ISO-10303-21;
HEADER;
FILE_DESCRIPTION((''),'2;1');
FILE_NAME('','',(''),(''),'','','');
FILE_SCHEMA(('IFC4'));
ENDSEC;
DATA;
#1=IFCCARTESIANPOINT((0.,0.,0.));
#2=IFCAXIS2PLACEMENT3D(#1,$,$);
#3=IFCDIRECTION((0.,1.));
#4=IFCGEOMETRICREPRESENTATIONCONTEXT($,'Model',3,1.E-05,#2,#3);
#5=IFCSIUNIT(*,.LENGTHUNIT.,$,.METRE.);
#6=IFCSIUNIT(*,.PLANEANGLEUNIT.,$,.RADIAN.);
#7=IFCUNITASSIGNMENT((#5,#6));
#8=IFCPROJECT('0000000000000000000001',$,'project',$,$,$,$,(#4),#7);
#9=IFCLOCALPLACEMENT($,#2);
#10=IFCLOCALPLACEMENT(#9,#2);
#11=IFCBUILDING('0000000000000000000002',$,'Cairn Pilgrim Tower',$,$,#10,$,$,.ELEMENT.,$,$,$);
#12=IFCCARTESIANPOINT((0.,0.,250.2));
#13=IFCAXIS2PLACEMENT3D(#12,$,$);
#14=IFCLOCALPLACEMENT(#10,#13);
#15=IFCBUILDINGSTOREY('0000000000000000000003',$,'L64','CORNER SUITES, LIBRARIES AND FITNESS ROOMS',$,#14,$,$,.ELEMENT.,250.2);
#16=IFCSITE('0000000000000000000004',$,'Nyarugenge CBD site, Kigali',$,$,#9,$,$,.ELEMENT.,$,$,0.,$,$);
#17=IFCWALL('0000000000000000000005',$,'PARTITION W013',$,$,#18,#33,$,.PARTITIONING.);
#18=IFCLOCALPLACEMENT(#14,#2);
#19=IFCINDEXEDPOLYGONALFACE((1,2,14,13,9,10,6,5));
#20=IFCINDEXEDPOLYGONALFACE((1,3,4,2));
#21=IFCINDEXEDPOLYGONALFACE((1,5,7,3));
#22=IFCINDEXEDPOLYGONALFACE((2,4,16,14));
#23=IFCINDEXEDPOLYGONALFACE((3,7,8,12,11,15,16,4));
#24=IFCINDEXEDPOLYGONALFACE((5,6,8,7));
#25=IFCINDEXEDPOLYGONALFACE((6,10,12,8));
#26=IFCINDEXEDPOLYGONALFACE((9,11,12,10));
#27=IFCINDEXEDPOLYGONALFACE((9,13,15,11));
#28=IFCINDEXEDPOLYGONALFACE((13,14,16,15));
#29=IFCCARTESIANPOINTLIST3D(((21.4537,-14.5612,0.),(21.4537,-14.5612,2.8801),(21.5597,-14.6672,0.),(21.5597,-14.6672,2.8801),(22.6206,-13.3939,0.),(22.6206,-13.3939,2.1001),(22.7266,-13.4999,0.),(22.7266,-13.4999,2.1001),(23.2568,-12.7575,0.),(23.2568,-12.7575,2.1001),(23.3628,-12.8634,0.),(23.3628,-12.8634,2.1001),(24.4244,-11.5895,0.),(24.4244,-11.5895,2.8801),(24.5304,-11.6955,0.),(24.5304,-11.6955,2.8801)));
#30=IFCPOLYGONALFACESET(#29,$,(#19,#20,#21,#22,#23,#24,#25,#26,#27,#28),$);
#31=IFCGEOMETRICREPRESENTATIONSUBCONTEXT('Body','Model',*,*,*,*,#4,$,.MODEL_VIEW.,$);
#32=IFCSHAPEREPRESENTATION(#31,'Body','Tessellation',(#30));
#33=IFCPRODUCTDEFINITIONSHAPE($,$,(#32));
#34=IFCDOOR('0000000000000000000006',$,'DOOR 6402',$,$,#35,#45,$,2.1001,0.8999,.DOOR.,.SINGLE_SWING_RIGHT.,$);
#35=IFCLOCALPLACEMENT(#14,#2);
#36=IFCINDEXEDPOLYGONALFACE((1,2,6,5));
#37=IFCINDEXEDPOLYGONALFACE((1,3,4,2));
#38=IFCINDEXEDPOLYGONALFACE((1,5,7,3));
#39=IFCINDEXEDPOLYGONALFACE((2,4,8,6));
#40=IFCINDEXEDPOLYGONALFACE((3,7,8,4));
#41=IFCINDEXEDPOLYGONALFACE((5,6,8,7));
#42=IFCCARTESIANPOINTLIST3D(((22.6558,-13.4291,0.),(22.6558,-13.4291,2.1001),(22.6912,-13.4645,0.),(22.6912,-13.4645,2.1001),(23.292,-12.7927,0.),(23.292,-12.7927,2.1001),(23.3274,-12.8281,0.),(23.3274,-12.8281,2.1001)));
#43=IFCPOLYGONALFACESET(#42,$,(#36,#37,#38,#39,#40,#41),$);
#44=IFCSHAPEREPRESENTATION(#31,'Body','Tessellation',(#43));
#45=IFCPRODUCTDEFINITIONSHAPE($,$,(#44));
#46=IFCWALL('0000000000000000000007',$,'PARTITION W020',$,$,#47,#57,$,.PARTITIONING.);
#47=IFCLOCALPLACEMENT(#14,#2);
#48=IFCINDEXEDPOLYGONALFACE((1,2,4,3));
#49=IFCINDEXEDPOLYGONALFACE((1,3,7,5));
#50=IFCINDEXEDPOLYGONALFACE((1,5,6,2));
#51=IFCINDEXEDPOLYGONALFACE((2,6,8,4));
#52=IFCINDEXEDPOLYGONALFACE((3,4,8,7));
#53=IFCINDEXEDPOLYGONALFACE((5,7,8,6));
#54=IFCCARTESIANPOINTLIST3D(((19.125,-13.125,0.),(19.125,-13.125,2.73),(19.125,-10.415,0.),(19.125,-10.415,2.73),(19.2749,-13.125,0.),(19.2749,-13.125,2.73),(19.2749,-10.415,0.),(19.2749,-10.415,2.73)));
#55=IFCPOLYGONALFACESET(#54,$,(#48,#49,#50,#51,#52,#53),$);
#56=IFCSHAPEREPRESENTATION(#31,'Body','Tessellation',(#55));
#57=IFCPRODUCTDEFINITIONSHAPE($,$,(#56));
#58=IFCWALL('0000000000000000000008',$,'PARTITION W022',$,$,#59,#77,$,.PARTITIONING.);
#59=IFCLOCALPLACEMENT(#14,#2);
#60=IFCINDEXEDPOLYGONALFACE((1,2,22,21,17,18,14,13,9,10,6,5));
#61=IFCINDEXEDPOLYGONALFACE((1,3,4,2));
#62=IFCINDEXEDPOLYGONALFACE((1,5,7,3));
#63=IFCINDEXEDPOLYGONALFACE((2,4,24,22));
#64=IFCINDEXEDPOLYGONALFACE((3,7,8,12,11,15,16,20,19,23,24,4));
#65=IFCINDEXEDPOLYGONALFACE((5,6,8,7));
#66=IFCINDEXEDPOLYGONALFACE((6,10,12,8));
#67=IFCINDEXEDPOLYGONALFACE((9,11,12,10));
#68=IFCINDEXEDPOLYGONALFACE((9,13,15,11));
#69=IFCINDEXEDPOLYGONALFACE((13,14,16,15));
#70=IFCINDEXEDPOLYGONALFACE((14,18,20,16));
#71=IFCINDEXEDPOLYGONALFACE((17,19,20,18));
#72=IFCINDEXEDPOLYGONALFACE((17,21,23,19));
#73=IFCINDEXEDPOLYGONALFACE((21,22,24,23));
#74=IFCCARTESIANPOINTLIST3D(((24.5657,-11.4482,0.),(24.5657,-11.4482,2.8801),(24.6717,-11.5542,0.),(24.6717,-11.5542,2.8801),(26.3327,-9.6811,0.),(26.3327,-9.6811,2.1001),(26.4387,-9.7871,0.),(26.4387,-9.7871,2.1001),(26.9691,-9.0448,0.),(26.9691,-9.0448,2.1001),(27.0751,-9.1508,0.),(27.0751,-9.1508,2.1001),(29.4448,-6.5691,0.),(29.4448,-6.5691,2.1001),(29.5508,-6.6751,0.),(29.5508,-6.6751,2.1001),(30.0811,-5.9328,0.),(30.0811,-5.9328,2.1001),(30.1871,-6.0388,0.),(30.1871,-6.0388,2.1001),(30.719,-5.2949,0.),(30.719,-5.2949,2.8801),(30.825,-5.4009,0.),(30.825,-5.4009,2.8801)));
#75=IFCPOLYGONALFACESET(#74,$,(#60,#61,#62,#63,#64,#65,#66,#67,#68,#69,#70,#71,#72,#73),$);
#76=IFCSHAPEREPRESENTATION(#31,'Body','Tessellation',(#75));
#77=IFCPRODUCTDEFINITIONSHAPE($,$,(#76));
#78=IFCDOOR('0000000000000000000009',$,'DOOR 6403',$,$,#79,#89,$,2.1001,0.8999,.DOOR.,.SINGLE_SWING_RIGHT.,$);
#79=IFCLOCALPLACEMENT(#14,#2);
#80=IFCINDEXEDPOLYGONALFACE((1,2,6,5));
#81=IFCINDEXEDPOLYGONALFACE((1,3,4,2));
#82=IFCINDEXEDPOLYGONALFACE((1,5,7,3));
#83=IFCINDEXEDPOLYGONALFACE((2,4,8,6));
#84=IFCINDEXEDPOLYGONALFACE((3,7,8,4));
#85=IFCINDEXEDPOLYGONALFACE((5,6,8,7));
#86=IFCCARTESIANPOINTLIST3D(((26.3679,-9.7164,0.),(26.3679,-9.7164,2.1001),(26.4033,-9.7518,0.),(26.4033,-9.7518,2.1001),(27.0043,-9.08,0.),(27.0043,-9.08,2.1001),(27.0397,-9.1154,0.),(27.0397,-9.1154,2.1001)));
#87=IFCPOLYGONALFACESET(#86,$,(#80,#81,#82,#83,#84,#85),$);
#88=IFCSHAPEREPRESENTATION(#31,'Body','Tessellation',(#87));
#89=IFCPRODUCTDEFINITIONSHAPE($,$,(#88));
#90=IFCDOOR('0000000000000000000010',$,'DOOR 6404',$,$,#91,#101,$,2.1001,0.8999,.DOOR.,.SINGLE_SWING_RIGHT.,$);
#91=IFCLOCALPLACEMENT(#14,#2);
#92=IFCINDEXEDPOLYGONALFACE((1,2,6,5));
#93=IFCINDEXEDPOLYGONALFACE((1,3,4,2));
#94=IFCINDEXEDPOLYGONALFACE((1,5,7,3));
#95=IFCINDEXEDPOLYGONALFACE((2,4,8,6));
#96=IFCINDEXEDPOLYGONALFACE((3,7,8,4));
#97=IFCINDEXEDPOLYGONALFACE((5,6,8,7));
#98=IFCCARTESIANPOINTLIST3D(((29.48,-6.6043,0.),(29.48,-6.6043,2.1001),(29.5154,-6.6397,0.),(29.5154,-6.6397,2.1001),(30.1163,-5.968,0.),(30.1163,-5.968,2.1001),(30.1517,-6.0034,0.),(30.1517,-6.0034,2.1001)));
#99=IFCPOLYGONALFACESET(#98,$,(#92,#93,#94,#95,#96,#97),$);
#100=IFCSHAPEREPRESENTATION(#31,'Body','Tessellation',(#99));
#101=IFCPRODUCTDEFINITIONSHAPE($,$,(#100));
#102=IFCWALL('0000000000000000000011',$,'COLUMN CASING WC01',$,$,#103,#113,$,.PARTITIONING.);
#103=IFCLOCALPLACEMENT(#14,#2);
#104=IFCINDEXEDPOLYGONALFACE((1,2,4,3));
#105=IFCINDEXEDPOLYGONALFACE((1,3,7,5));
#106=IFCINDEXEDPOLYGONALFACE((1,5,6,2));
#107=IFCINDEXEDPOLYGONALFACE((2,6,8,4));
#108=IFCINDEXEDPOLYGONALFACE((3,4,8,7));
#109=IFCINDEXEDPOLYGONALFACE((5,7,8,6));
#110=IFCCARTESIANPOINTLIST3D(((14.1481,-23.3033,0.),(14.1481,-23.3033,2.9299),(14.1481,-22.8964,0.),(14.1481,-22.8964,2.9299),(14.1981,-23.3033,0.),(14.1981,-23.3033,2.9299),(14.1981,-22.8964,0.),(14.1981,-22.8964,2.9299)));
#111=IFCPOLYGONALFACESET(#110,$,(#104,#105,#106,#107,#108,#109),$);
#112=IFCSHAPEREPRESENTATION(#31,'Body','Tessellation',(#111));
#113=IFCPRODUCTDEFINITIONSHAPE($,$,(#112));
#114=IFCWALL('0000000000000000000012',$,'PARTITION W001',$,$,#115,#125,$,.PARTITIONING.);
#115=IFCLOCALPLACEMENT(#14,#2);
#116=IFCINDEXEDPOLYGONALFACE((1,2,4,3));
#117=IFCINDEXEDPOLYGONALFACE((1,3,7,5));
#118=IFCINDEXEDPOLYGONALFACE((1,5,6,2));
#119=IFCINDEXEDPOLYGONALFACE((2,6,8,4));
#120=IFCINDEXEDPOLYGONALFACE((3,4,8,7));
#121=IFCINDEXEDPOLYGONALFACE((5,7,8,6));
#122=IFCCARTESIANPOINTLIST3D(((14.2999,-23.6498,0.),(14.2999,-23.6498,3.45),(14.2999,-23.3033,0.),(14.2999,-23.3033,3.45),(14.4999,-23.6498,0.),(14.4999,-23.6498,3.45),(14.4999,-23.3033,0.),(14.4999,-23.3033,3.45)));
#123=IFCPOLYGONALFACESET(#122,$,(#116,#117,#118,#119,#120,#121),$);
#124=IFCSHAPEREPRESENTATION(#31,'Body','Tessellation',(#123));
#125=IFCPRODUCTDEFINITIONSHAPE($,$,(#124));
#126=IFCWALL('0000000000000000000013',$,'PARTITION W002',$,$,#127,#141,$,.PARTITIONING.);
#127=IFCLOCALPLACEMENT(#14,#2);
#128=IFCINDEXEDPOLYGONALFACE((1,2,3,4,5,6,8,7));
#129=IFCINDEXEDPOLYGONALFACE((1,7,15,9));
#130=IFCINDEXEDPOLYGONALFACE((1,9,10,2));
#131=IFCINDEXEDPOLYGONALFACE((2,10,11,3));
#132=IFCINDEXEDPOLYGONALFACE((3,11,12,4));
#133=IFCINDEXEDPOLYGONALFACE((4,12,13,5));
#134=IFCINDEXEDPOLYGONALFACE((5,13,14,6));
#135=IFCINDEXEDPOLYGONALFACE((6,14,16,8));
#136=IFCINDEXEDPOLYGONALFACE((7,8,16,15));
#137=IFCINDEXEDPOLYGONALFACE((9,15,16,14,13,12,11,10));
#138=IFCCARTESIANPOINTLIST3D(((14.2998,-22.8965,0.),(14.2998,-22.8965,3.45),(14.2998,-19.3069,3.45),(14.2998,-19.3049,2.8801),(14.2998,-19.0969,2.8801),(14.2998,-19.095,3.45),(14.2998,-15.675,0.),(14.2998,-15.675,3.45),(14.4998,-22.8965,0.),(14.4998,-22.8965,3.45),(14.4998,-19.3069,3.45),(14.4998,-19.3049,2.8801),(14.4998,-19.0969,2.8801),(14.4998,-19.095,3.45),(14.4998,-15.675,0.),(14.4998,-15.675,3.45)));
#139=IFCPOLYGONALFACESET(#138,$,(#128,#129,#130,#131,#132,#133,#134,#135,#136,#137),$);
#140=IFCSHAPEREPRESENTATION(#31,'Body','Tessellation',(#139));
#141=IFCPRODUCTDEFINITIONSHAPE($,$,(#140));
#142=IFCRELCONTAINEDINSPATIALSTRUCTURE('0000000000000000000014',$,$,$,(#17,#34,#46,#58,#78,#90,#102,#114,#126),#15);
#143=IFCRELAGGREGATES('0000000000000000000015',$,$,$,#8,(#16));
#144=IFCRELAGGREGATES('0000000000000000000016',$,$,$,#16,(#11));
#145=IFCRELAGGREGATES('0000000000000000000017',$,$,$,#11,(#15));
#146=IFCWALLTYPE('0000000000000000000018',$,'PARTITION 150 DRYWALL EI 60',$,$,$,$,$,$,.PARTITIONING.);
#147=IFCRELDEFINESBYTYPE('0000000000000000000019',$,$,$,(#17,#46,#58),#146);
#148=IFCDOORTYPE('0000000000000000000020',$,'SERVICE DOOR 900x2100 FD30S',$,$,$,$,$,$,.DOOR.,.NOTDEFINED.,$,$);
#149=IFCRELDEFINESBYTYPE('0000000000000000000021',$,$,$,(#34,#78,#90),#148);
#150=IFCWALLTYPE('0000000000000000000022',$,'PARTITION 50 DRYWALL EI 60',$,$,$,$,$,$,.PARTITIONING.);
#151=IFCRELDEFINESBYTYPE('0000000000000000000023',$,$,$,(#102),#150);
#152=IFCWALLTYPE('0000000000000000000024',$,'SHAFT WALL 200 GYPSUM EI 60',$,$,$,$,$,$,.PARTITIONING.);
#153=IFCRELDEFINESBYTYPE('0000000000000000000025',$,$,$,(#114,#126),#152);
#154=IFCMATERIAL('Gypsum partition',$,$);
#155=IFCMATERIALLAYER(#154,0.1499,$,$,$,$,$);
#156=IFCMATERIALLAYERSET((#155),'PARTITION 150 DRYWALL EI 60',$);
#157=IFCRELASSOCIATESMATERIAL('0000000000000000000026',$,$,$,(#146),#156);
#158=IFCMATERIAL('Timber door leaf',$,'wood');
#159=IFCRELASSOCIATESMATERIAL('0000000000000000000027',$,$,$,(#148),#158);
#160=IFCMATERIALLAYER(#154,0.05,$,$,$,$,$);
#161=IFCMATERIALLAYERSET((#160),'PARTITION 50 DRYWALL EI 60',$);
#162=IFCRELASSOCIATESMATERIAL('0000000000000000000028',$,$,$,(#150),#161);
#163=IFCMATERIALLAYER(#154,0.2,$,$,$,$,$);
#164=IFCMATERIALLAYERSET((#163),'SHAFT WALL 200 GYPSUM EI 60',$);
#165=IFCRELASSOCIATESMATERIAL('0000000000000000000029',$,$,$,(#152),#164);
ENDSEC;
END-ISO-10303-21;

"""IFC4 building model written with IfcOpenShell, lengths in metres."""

from ifc_helpers import new_model, si_unit, direction, frame, frame_2d, origin, place, context, subcontext, project, spatial, polyline, rectangle, outline, extrude, material, layer, layer_set, type_object, element, fill, save


model = new_model("IFC4")

# Units and contexts
model_context = context("Model", 3, precision=1e-05, world=origin(), true_north=direction((0.0, 1.0)))
body_context = subcontext(model_context, "Body", "Model", "MODEL_VIEW")
ifc_project = project(units=[si_unit("LENGTHUNIT", "METRE"), si_unit("PLANEANGLEUNIT", "RADIAN")], contexts=[model_context])

# Site, building, storey
site_placement = place(None, origin())
site = spatial("IfcSite", under=ifc_project, at=site_placement, Name="Nyarugenge CBD site, Kigali", CompositionType="ELEMENT", RefElevation=0.0)
building_placement = place(site_placement, origin())
building = spatial("IfcBuilding", under=site, at=building_placement, Name="Cairn Pilgrim Tower", CompositionType="ELEMENT")
storey_placement = place(building_placement, frame((0.0, 0.0, 250.2)))
storey = spatial("IfcBuildingStorey", under=building, at=storey_placement, Name="L64", Description="CORNER SUITES, LIBRARIES AND FITNESS ROOMS", CompositionType="ELEMENT", Elevation=250.2)

# Shared definitions
ifc_material_1 = material(Name="Gypsum partition")
ifc_material_2 = material(Name="Timber door leaf", Category="wood")

# Shared definitions
ifc_layer_1 = layer(ifc_material_1, 0.1499)
ifc_layer_set_1 = layer_set([ifc_layer_1], Name="PARTITION 150 DRYWALL EI 60")
wall_type_1 = type_object("IfcWallType", Name="PARTITION 150 DRYWALL EI 60", PredefinedType="PARTITIONING", material=ifc_layer_set_1)

# Wall, opening, door
wall_1_placement = place(storey_placement, frame((21.5066, -14.6143, 0.0), z_axis=(0.0, 0.0, 1.0), x_axis=(0.706991, 0.707223, 0.0)))
wall_1 = element("IfcWall", 1, at=wall_1_placement, inside=storey, type_object=wall_type_1, Name="PARTITION W013", PredefinedType="PARTITIONING", context=body_context, shape_type="SweptSolid", body=[
    extrude(rectangle(XDim=4.2019, YDim=0.1499, at=frame_2d((2.1011, 0.0))), origin(), (0.0, 0.0, 1.0), 2.8801),
])
opening_1_placement = place(wall_1_placement, frame((1.6506, 0.0, 0.0)))
opening_1 = element("IfcOpeningElement", 2, at=opening_1_placement, cuts=wall_1, PredefinedType="OPENING", context=body_context, shape_type="SweptSolid", body=[
    extrude(rectangle(XDim=0.8999, YDim=2.1001, at=frame_2d((0.45, 1.05))), frame((0.0, 0.085, 0.0), z_axis=(0.0, -1.0, 0.0), x_axis=(1.0, 0.0, 0.0)), (0.0, 0.0, 1.0), 0.1699),
])
door_type_1 = type_object("IfcDoorType", Name="SERVICE DOOR 900x2100 FD30S", OperationType="NOTDEFINED", PredefinedType="DOOR", material=ifc_material_2)
door_1_placement = place(opening_1_placement, frame((0.8999, 0.0, 0.0), z_axis=(0.0, 0.0, 1.0), x_axis=(-1.0, 0.0, 0.0)))
door_1 = element("IfcDoor", 3, at=door_1_placement, inside=storey, type_object=door_type_1, Name="DOOR 6402", OperationType="SINGLE_SWING_RIGHT", OverallHeight=2.1001, OverallWidth=0.8999, PredefinedType="DOOR", context=body_context, shape_type="SweptSolid", body=[
    extrude(rectangle(XDim=0.8999, YDim=2.1001, at=frame_2d((0.45, 1.05))), frame((0.0, 0.0249, 0.0), z_axis=(0.0, -1.0, 0.0), x_axis=(1.0, 0.0, 0.0)), (0.0, 0.0, 1.0), 0.05),
])
fill(opening_1, door_1)

# Wall
wall_2_placement = place(storey_placement, frame((19.2, -13.125, 0.0), z_axis=(0.0, 0.0, 1.0), x_axis=(0.0, 1.0, 0.0)))
element("IfcWall", 4, at=wall_2_placement, inside=storey, type_object=wall_type_1, Name="PARTITION W020", PredefinedType="PARTITIONING", context=body_context, shape_type="SweptSolid", body=[
    extrude(rectangle(XDim=2.71, YDim=0.1499, at=frame_2d((1.355, 0.0))), origin(), (0.0, 0.0, 1.0), 2.73),
])

# Wall, openings, doors
wall_3_placement = place(storey_placement, frame((24.6187, -11.5012, 0.0), z_axis=(0.0, 0.0, 1.0), x_axis=(0.707107, 0.707107, 0.0)))
wall_3 = element("IfcWall", 5, at=wall_3_placement, inside=storey, type_object=wall_type_1, Name="PARTITION W022", PredefinedType="PARTITIONING", context=body_context, shape_type="SweptSolid", body=[
    extrude(rectangle(XDim=8.7021, YDim=0.1499, at=frame_2d((4.3511, 0.0))), origin(), (0.0, 0.0, 1.0), 2.8801),
])
opening_2_placement = place(wall_3_placement, frame((2.499, 0.0, 0.0)))
opening_2 = element("IfcOpeningElement", 6, at=opening_2_placement, cuts=wall_3, PredefinedType="OPENING", context=body_context, shape_type="SweptSolid", body=[
    extrude(rectangle(XDim=0.8999, YDim=2.1001, at=frame_2d((0.45, 1.05))), frame((0.0, 0.085, 0.0), z_axis=(0.0, -1.0, 0.0), x_axis=(1.0, 0.0, 0.0)), (0.0, 0.0, 1.0), 0.1699),
])
opening_3_placement = place(wall_3_placement, frame((6.9001, 0.0, 0.0)))
opening_3 = element("IfcOpeningElement", 7, at=opening_3_placement, cuts=wall_3, PredefinedType="OPENING", context=body_context, shape_type="SweptSolid", body=[
    extrude(rectangle(XDim=0.8999, YDim=2.1001, at=frame_2d((0.45, 1.05))), frame((0.0, 0.085, 0.0), z_axis=(0.0, -1.0, 0.0), x_axis=(1.0, 0.0, 0.0)), (0.0, 0.0, 1.0), 0.1699),
])
door_2_placement = place(opening_2_placement, frame((0.8999, 0.0, 0.0), z_axis=(0.0, 0.0, 1.0), x_axis=(-1.0, 0.0, 0.0)))
door_2 = element("IfcDoor", 8, at=door_2_placement, inside=storey, type_object=door_type_1, Name="DOOR 6403", OperationType="SINGLE_SWING_RIGHT", OverallHeight=2.1001, OverallWidth=0.8999, PredefinedType="DOOR", context=body_context, shape_type="SweptSolid", body=[
    extrude(rectangle(XDim=0.8999, YDim=2.1001, at=frame_2d((0.45, 1.05))), frame((0.0, 0.0249, 0.0), z_axis=(0.0, -1.0, 0.0), x_axis=(1.0, 0.0, 0.0)), (0.0, 0.0, 1.0), 0.05),
])
fill(opening_2, door_2)
door_3_placement = place(opening_3_placement, frame((0.8999, 0.0, 0.0), z_axis=(0.0, 0.0, 1.0), x_axis=(-1.0, 0.0, 0.0)))
door_3 = element("IfcDoor", 9, at=door_3_placement, inside=storey, type_object=door_type_1, Name="DOOR 6404", OperationType="SINGLE_SWING_RIGHT", OverallHeight=2.1001, OverallWidth=0.8999, PredefinedType="DOOR", context=body_context, shape_type="SweptSolid", body=[
    extrude(rectangle(XDim=0.8999, YDim=2.1001, at=frame_2d((0.45, 1.05))), frame((0.0, 0.0249, 0.0), z_axis=(0.0, -1.0, 0.0), x_axis=(1.0, 0.0, 0.0)), (0.0, 0.0, 1.0), 0.05),
])
fill(opening_3, door_3)

# Walls
ifc_layer_2 = layer(ifc_material_1, 0.05)
ifc_layer_set_2 = layer_set([ifc_layer_2], Name="PARTITION 50 DRYWALL EI 60")
wall_type_2 = type_object("IfcWallType", Name="PARTITION 50 DRYWALL EI 60", PredefinedType="PARTITIONING", material=ifc_layer_set_2)
wall_4_placement = place(storey_placement, frame((14.1731, -23.3035, 0.0), z_axis=(0.0, 0.0, 1.0), x_axis=(0.0, 1.0, 0.0)))
element("IfcWall", 10, at=wall_4_placement, inside=storey, type_object=wall_type_2, Name="COLUMN CASING WC01", PredefinedType="PARTITIONING", context=body_context, shape_type="SweptSolid", body=[
    extrude(rectangle(XDim=0.407, YDim=0.05, at=frame_2d((0.2036, 0.0))), origin(), (0.0, 0.0, 1.0), 2.9299),
])
ifc_layer_3 = layer(ifc_material_1, 0.2)
ifc_layer_set_3 = layer_set([ifc_layer_3], Name="SHAFT WALL 200 GYPSUM EI 60")
wall_type_3 = type_object("IfcWallType", Name="SHAFT WALL 200 GYPSUM EI 60", PredefinedType="PARTITIONING", material=ifc_layer_set_3)
wall_5_placement = place(storey_placement, frame((14.3999, -23.6499, 0.0), z_axis=(0.0, 0.0, 1.0), x_axis=(0.0, 1.0, 0.0)))
element("IfcWall", 11, at=wall_5_placement, inside=storey, type_object=wall_type_3, Name="PARTITION W001", PredefinedType="PARTITIONING", context=body_context, shape_type="SweptSolid", body=[
    extrude(rectangle(XDim=0.3464, YDim=0.2, at=frame_2d((0.1733, 0.0))), origin(), (0.0, 0.0, 1.0), 3.45),
])
wall_6_placement = place(storey_placement, frame((14.3999, -22.8965, 0.0), z_axis=(0.0, 0.0, 1.0), x_axis=(0.0, 1.0, 0.0)))
element("IfcWall", 12, at=wall_6_placement, inside=storey, type_object=wall_type_3, Name="PARTITION W002", PredefinedType="PARTITIONING", context=body_context, shape_type="SweptSolid", body=[
    extrude(outline(polyline([(0.0, 0.0), (7.2214, 0.0), (7.2214, 3.45), (3.8015, 3.45), (3.7996, 2.8801), (3.5916, 2.8801), (3.5896, 3.45), (0.0, 3.45), (0.0, 0.0)])), frame((0.0, 0.1001, 0.0), z_axis=(0.0, -1.0, 0.0), x_axis=(1.0, 0.0, 0.0)), (0.0, 0.0, 1.0), 0.2),
])

save(model, "model.ifc")
